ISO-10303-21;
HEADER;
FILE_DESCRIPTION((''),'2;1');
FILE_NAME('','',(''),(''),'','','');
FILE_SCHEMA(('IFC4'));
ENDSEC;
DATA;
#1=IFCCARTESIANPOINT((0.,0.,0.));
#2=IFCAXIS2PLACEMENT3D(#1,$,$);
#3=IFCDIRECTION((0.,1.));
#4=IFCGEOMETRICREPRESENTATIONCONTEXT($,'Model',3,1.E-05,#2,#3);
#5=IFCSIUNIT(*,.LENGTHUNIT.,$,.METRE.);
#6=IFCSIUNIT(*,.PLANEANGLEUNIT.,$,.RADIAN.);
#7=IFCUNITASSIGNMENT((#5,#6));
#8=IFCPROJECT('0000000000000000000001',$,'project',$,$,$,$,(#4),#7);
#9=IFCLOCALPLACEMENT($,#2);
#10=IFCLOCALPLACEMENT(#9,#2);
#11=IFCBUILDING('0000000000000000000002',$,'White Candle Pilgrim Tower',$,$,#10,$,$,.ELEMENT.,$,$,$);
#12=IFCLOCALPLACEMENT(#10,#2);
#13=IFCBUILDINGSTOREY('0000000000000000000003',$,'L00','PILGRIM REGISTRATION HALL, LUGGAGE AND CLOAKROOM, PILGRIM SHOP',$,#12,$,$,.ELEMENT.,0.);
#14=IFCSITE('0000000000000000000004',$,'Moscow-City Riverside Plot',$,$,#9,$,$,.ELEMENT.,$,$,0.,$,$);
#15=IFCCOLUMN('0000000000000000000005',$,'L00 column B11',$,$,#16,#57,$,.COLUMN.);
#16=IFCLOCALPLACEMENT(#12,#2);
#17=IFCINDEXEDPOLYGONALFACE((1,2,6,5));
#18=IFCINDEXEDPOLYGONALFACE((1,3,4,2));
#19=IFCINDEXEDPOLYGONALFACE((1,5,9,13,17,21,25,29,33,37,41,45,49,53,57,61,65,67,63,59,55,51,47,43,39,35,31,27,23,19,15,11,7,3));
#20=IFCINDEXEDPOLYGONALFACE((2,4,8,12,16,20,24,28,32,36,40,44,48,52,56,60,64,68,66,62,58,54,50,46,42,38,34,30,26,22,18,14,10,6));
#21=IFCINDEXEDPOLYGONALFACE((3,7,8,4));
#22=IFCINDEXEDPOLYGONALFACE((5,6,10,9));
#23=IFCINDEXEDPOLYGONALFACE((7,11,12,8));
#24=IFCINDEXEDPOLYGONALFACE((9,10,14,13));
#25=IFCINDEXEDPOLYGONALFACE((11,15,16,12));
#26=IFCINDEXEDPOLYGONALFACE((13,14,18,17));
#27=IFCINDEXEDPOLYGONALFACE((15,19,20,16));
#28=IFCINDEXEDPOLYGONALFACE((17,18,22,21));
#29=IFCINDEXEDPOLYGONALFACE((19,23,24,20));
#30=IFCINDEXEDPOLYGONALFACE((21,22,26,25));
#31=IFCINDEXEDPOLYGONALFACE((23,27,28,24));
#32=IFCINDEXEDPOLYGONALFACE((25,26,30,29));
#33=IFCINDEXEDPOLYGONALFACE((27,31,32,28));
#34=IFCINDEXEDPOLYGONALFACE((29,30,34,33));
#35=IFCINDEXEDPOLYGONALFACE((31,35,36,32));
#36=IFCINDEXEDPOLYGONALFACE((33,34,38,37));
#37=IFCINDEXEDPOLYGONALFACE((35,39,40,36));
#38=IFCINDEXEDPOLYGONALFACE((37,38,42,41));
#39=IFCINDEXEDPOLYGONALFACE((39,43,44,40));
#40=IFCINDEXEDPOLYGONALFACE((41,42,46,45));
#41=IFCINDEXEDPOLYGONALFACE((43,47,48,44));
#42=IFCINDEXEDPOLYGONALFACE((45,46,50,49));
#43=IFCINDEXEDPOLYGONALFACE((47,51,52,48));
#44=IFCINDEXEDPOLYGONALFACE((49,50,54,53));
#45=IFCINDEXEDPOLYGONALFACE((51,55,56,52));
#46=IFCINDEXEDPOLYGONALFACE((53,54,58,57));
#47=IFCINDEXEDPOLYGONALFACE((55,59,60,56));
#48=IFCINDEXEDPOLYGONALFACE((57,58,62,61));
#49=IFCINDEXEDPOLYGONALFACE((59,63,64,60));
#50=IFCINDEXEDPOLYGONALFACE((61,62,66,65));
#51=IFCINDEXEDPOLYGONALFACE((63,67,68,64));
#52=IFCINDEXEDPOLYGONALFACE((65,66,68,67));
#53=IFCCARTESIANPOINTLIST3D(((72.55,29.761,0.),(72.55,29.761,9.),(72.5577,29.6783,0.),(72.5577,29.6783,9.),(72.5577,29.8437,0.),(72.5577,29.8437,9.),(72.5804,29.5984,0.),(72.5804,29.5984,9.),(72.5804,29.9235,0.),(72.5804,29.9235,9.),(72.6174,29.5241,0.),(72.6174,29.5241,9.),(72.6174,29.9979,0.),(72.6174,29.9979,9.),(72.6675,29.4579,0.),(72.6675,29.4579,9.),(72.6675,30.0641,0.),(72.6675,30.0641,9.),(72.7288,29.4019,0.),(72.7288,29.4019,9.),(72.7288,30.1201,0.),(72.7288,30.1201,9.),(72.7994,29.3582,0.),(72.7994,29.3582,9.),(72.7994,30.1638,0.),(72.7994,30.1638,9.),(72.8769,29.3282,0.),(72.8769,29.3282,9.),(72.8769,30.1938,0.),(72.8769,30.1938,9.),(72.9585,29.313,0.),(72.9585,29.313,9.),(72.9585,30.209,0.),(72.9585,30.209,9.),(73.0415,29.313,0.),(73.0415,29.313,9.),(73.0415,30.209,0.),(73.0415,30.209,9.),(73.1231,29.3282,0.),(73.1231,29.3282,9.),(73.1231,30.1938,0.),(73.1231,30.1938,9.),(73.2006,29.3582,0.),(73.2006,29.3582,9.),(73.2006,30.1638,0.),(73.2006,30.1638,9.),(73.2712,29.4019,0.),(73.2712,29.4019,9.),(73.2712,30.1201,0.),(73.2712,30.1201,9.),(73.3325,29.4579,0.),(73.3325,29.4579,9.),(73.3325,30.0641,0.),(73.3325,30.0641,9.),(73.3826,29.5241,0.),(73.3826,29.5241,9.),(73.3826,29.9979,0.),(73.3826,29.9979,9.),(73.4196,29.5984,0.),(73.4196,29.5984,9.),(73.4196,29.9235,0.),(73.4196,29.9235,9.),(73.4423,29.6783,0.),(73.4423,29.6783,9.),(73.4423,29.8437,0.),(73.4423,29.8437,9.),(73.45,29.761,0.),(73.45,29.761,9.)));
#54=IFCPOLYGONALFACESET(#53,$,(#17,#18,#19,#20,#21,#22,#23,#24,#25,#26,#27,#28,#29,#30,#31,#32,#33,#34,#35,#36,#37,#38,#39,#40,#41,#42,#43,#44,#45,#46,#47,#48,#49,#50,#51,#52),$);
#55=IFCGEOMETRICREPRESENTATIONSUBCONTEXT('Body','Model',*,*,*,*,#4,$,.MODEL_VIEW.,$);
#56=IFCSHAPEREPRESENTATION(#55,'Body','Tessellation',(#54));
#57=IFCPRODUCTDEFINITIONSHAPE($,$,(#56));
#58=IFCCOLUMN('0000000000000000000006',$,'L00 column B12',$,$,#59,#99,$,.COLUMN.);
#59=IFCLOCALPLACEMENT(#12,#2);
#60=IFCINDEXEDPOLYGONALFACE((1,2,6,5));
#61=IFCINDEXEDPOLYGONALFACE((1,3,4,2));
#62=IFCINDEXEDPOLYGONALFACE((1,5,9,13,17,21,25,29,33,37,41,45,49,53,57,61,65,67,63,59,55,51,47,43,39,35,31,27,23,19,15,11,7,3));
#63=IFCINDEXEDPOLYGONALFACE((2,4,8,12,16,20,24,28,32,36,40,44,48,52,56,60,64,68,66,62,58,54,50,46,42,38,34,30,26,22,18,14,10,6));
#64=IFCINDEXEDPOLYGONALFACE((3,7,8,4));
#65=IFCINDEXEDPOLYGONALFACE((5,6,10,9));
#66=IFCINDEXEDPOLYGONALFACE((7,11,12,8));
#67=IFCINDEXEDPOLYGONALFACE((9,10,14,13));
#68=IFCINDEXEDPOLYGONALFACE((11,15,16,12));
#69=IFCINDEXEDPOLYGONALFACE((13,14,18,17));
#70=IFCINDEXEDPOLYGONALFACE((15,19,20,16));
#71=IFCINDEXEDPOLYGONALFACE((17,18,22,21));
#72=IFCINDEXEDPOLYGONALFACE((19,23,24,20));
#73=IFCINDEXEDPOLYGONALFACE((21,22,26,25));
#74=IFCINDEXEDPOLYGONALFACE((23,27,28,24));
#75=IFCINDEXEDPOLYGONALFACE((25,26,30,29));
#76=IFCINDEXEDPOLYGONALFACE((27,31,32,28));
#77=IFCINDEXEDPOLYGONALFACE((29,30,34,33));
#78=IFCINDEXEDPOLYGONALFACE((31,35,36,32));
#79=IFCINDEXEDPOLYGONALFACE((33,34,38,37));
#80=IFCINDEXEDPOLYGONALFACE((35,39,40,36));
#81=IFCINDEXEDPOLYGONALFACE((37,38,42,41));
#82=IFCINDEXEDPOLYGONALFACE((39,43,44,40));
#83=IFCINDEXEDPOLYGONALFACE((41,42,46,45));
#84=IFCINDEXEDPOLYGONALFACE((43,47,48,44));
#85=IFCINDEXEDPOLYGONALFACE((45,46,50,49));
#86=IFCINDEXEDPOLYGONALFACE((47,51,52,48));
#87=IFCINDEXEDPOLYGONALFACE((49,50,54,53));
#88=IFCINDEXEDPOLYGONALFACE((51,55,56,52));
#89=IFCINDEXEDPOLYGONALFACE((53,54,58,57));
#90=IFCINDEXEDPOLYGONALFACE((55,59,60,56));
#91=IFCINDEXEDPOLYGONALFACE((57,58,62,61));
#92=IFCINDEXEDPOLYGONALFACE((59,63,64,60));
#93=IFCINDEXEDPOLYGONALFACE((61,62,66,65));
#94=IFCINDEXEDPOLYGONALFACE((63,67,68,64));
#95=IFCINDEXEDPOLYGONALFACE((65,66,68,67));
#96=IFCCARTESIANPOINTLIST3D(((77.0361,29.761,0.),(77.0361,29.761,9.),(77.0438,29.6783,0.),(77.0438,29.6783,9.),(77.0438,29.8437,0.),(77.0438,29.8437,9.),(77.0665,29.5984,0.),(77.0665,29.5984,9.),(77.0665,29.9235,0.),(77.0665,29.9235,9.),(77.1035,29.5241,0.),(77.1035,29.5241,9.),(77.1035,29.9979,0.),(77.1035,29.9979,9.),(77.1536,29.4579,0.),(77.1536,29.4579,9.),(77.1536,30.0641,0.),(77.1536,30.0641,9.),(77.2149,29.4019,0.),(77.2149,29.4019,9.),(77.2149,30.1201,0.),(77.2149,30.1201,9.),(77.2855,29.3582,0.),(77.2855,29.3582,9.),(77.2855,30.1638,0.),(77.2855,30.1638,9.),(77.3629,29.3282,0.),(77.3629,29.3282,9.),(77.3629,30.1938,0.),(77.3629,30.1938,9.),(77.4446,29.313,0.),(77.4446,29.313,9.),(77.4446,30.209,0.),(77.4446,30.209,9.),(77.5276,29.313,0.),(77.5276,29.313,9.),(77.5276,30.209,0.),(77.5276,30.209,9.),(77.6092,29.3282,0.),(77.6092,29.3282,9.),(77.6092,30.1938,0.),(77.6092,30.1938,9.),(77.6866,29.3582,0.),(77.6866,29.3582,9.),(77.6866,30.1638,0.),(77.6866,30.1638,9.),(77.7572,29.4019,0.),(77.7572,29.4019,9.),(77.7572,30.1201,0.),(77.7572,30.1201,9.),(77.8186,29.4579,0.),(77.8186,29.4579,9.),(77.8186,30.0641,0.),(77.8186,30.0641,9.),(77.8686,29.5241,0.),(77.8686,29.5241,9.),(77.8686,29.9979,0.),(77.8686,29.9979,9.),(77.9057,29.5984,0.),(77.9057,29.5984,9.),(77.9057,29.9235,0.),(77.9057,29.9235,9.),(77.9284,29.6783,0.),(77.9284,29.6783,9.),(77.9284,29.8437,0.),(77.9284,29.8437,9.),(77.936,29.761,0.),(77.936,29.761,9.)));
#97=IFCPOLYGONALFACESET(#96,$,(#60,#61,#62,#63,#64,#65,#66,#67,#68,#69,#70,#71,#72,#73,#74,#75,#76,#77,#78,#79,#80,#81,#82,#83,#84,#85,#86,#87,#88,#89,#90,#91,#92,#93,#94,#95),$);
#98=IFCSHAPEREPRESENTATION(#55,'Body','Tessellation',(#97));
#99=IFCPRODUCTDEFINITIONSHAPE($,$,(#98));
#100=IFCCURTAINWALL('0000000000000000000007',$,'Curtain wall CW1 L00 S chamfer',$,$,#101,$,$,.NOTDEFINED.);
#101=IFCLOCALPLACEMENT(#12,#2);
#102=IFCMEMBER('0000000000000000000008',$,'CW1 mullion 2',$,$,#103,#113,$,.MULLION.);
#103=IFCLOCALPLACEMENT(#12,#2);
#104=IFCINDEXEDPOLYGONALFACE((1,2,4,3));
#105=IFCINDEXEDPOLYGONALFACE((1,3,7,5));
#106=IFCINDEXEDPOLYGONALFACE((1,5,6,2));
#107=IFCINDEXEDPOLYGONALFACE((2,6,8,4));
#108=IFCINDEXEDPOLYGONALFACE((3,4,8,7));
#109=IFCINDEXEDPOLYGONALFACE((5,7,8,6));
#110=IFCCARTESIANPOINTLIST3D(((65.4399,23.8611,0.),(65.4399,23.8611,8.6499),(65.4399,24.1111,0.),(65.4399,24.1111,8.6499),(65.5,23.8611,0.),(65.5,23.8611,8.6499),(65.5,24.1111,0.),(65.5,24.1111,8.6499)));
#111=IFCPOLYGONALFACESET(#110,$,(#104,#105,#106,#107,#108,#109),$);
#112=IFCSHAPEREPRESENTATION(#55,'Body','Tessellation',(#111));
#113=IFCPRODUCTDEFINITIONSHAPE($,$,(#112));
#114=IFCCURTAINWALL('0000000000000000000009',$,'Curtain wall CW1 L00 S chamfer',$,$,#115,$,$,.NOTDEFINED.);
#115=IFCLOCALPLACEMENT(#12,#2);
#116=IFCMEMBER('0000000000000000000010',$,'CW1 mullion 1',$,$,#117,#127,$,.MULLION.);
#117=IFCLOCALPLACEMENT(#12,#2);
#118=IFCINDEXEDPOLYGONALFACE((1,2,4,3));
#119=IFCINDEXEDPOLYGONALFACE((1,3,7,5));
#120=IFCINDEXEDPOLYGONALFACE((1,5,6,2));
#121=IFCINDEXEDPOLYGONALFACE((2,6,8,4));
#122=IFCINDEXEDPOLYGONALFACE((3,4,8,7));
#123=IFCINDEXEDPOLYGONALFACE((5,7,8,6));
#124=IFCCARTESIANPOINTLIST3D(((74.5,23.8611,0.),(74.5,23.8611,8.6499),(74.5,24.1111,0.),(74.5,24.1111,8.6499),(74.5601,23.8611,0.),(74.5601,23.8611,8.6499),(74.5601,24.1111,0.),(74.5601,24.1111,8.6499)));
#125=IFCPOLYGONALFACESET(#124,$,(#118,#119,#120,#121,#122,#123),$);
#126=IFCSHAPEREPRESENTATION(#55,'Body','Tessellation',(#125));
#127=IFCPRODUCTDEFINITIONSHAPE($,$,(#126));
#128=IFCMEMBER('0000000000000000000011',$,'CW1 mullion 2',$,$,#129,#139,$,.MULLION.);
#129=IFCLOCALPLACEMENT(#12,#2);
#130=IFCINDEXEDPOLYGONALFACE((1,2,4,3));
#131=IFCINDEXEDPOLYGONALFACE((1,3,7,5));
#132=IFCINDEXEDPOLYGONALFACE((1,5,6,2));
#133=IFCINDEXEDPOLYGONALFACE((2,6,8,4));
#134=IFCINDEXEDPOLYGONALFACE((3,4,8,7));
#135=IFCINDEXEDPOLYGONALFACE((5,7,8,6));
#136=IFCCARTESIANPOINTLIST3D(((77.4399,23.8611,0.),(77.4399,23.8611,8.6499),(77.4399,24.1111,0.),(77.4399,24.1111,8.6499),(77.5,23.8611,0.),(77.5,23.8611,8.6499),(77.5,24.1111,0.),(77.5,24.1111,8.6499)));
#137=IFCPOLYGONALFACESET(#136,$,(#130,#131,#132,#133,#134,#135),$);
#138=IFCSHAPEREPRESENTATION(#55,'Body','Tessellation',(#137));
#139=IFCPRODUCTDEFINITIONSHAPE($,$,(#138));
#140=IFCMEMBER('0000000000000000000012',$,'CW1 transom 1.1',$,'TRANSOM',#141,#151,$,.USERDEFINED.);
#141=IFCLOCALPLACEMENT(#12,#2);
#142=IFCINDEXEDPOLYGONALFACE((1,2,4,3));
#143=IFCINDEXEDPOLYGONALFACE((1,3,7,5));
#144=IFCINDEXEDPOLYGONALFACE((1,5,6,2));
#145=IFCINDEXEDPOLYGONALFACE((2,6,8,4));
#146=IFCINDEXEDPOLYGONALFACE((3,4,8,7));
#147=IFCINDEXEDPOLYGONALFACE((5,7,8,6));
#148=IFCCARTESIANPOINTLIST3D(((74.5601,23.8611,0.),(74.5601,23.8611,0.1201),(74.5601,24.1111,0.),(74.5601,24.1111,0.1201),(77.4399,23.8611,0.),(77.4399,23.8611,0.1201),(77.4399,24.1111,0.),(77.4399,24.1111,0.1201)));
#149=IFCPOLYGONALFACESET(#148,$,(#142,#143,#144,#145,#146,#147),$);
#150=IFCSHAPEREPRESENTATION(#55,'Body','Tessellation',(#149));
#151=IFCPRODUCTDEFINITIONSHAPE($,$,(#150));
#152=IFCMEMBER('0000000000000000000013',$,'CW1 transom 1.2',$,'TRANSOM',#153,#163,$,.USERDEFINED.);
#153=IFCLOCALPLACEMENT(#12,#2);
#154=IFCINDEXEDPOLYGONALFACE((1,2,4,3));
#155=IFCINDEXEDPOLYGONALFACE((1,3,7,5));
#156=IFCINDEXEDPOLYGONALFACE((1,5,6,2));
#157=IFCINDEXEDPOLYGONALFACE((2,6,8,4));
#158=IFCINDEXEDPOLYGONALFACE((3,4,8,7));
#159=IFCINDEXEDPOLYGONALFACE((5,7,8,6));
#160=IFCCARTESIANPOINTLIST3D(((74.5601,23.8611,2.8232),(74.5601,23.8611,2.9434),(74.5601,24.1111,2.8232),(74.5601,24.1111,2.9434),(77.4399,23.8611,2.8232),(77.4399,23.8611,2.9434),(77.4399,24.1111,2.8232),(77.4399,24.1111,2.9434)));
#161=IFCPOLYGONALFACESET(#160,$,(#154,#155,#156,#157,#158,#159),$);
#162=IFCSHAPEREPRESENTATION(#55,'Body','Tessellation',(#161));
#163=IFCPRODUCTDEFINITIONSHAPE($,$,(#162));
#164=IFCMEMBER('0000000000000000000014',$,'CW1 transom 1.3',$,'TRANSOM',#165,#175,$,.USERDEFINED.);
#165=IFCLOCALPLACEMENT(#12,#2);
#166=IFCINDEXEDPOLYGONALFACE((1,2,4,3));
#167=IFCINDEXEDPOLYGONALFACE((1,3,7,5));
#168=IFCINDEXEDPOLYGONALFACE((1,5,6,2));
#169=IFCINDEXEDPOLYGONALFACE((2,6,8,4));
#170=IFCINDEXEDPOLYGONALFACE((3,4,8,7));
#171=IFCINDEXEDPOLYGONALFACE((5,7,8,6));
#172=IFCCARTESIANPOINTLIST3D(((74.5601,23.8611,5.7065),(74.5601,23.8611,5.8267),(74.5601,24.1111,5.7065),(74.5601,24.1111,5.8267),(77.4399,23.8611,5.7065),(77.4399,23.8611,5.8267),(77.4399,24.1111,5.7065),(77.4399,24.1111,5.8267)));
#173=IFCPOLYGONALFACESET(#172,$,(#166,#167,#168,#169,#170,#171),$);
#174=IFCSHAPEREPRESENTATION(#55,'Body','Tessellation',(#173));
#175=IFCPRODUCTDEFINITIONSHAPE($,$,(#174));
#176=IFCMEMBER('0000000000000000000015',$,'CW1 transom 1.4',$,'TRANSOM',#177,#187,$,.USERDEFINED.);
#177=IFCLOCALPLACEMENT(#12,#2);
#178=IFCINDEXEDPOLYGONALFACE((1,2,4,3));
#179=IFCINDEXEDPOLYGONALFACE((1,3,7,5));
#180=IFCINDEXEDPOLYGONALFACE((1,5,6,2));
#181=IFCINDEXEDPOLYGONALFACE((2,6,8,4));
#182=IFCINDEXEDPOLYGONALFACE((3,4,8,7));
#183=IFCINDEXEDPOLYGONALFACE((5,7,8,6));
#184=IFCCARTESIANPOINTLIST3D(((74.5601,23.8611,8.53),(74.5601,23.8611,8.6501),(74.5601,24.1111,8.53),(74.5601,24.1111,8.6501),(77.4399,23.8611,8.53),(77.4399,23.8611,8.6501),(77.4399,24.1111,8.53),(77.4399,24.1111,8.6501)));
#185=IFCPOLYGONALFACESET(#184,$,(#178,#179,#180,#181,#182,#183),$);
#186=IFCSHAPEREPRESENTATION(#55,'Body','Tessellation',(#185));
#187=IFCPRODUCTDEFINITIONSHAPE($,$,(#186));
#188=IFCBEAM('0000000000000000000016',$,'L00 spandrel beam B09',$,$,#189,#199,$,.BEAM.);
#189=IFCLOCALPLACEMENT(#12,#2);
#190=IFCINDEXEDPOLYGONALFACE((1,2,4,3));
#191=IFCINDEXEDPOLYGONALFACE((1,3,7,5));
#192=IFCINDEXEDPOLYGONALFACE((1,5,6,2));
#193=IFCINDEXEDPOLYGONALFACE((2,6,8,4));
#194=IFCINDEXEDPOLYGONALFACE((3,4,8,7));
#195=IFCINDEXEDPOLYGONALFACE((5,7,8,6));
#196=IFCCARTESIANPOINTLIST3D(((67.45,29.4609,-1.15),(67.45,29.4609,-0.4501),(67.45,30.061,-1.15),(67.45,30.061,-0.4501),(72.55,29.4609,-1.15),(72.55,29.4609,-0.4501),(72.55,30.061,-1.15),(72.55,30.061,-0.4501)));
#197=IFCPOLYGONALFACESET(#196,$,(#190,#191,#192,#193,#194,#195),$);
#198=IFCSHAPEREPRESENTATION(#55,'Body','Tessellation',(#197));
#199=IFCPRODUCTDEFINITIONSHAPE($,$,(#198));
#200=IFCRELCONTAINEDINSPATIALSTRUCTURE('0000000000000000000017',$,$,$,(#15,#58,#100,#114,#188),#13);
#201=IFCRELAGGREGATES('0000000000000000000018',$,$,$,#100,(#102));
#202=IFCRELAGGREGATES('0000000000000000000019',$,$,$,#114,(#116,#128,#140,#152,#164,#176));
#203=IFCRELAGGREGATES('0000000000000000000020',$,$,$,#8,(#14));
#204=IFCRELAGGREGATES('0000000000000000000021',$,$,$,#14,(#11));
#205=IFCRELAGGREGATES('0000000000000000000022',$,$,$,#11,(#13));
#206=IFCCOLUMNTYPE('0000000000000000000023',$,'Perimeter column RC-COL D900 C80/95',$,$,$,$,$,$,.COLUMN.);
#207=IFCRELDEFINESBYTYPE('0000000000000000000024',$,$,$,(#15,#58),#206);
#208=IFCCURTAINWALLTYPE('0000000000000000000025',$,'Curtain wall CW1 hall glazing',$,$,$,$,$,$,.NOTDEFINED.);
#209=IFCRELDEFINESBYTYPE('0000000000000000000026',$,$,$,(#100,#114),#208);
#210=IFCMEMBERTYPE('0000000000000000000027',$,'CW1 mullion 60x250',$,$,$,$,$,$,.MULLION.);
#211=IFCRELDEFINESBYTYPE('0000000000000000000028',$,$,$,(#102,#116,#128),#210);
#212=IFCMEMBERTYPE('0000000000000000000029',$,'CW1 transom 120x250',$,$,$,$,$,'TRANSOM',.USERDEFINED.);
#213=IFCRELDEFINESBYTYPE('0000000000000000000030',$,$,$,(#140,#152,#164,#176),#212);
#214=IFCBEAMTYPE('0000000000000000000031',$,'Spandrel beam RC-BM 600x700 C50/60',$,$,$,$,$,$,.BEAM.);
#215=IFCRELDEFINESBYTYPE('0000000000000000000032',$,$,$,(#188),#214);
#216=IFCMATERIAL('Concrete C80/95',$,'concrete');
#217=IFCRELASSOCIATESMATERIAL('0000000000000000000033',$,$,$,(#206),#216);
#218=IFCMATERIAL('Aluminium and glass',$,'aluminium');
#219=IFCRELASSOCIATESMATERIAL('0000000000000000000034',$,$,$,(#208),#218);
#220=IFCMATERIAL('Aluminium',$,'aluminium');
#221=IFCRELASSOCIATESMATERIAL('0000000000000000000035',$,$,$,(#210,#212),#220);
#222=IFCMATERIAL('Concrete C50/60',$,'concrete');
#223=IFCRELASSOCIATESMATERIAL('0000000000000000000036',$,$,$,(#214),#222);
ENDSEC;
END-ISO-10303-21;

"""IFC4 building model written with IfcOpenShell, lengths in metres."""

from ifc_helpers import new_model, si_unit, direction, frame, origin, origin_2d, place, context, subcontext, project, spatial, rectangle, circle, extrude, material, material_profile, profile_set, type_object, element, aggregate, save


model = new_model("IFC4")

# Units and contexts
model_context = context("Model", 3, precision=1e-05, world=origin(), true_north=direction((0.0, 1.0)))
body_context = subcontext(model_context, "Body", "Model", "MODEL_VIEW")
ifc_project = project(units=[si_unit("LENGTHUNIT", "METRE"), si_unit("PLANEANGLEUNIT", "RADIAN")], contexts=[model_context])

# Site, building, storey
site_placement = place(None, origin())
site = spatial("IfcSite", under=ifc_project, at=site_placement, Name="Moscow-City Riverside Plot", CompositionType="ELEMENT", RefElevation=0.0)
building_placement = place(site_placement, origin())
building = spatial("IfcBuilding", under=site, at=building_placement, Name="White Candle Pilgrim Tower", CompositionType="ELEMENT")
storey_placement = place(building_placement, origin())
storey = spatial("IfcBuildingStorey", under=building, at=storey_placement, Name="L00", Description="PILGRIM REGISTRATION HALL, LUGGAGE AND CLOAKROOM, PILGRIM SHOP", CompositionType="ELEMENT", Elevation=0.0)

# Columns
ifc_material_1 = material(Name="Concrete C80/95", Category="concrete")
ifc_material_profile_1 = material_profile(ifc_material_1, circle(Radius=0.45, at=origin_2d()), Name="RC-COL D900")
ifc_profile_set_1 = profile_set([ifc_material_profile_1], Name="Concrete C80/95")
column_type = type_object("IfcColumnType", Name="Perimeter column RC-COL D900 C80/95", PredefinedType="COLUMN", material=ifc_profile_set_1)
for number, where, z_axis, x_axis, name in (
    (1, (73.0, 29.761, 0.0), (0.0, 0.0, 1.0), (1.0, 0.0, 0.0), "L00 column B11"),
    (2, (77.4861, 29.761, 0.0), (0.0, 0.0, 1.0), (1.0, 0.0, 0.0), "L00 column B12"),
):
    element("IfcColumn", number, at=place(storey_placement, frame(where, z_axis=z_axis, x_axis=x_axis)), inside=storey, type_object=column_type, Name=name, PredefinedType="COLUMN", context=body_context, shape_type="SweptSolid", body=[
        extrude(circle(Radius=0.45, at=origin_2d()), origin(), (0.0, 0.0, 1.0), 9.0),
    ])

# Curtain wall, member
ifc_material_2 = material(Name="Aluminium and glass", Category="aluminium")
curtain_wall_type = type_object("IfcCurtainWallType", Name="Curtain wall CW1 hall glazing", PredefinedType="NOTDEFINED", material=ifc_material_2)
curtain_wall_1_placement = place(storey_placement, origin())
curtain_wall_1 = element("IfcCurtainWall", 3, at=curtain_wall_1_placement, inside=storey, type_object=curtain_wall_type, Name="Curtain wall CW1 L00 S chamfer", PredefinedType="NOTDEFINED")
ifc_material_3 = material(Name="Aluminium", Category="aluminium")
ifc_material_profile_2 = material_profile(ifc_material_3, rectangle(XDim=0.25, YDim=0.0601, at=origin_2d()), Name="CW1 mullion 60x250")
ifc_profile_set_2 = profile_set([ifc_material_profile_2], Name="Aluminium")
member_type_1 = type_object("IfcMemberType", Name="CW1 mullion 60x250", PredefinedType="MULLION", material=ifc_profile_set_2)
member_1_placement = place(storey_placement, frame((65.47, 23.9861, 0.0), z_axis=(0.0, 0.0, 1.0), x_axis=(0.0, 1.0, 0.0)))
member_1 = element("IfcMember", 4, at=member_1_placement, type_object=member_type_1, Name="CW1 mullion 2", PredefinedType="MULLION", context=body_context, shape_type="SweptSolid", body=[
    extrude(rectangle(XDim=0.25, YDim=0.0601, at=origin_2d()), origin(), (0.0, 0.0, 1.0), 8.6499),
])
aggregate(curtain_wall_1, [member_1])

# Curtain wall, members
curtain_wall_2_placement = place(storey_placement, origin())
curtain_wall_2 = element("IfcCurtainWall", 5, at=curtain_wall_2_placement, inside=storey, type_object=curtain_wall_type, Name="Curtain wall CW1 L00 S chamfer", PredefinedType="NOTDEFINED")
member_2_placement = place(storey_placement, frame((74.53, 23.9861, 0.0), z_axis=(0.0, 0.0, 1.0), x_axis=(0.0, 1.0, 0.0)))
member_2 = element("IfcMember", 6, at=member_2_placement, type_object=member_type_1, Name="CW1 mullion 1", PredefinedType="MULLION", context=body_context, shape_type="SweptSolid", body=[
    extrude(rectangle(XDim=0.25, YDim=0.0601, at=origin_2d()), origin(), (0.0, 0.0, 1.0), 8.6499),
])
member_3_placement = place(storey_placement, frame((77.47, 23.9861, 0.0), z_axis=(0.0, 0.0, 1.0), x_axis=(0.0, 1.0, 0.0)))
member_3 = element("IfcMember", 7, at=member_3_placement, type_object=member_type_1, Name="CW1 mullion 2", PredefinedType="MULLION", context=body_context, shape_type="SweptSolid", body=[
    extrude(rectangle(XDim=0.25, YDim=0.0601, at=origin_2d()), origin(), (0.0, 0.0, 1.0), 8.6499),
])
ifc_material_profile_3 = material_profile(ifc_material_3, rectangle(XDim=0.25, YDim=0.1201, at=origin_2d()), Name="CW1 transom 120x250")
ifc_profile_set_3 = profile_set([ifc_material_profile_3], Name="Aluminium")
member_type_2 = type_object("IfcMemberType", Name="CW1 transom 120x250", ElementType="TRANSOM", PredefinedType="USERDEFINED", material=ifc_profile_set_3)
member_4_placement = place(storey_placement, frame((74.5601, 23.9861, 0.0601), z_axis=(1.0, 0.0, 0.0), x_axis=(0.0, 1.0, 0.0)))
member_4 = element("IfcMember", 8, at=member_4_placement, type_object=member_type_2, Name="CW1 transom 1.1", ObjectType="TRANSOM", PredefinedType="USERDEFINED", context=body_context, shape_type="SweptSolid", body=[
    extrude(rectangle(XDim=0.25, YDim=0.1201, at=origin_2d()), origin(), (0.0, 0.0, 1.0), 2.8799),
])
member_5_placement = place(storey_placement, frame((74.5601, 23.9861, 2.8833), z_axis=(1.0, 0.0, 0.0), x_axis=(0.0, 1.0, 0.0)))
member_5 = element("IfcMember", 9, at=member_5_placement, type_object=member_type_2, Name="CW1 transom 1.2", ObjectType="TRANSOM", PredefinedType="USERDEFINED", context=body_context, shape_type="SweptSolid", body=[
    extrude(rectangle(XDim=0.25, YDim=0.1201, at=origin_2d()), origin(), (0.0, 0.0, 1.0), 2.8799),
])
member_6_placement = place(storey_placement, frame((74.5601, 23.9861, 5.7666), z_axis=(1.0, 0.0, 0.0), x_axis=(0.0, 1.0, 0.0)))
member_6 = element("IfcMember", 10, at=member_6_placement, type_object=member_type_2, Name="CW1 transom 1.3", ObjectType="TRANSOM", PredefinedType="USERDEFINED", context=body_context, shape_type="SweptSolid", body=[
    extrude(rectangle(XDim=0.25, YDim=0.1201, at=origin_2d()), origin(), (0.0, 0.0, 1.0), 2.8799),
])
member_7_placement = place(storey_placement, frame((74.5601, 23.9861, 8.5901), z_axis=(1.0, 0.0, 0.0), x_axis=(0.0, 1.0, 0.0)))
member_7 = element("IfcMember", 11, at=member_7_placement, type_object=member_type_2, Name="CW1 transom 1.4", ObjectType="TRANSOM", PredefinedType="USERDEFINED", context=body_context, shape_type="SweptSolid", body=[
    extrude(rectangle(XDim=0.25, YDim=0.1201, at=origin_2d()), origin(), (0.0, 0.0, 1.0), 2.8799),
])

# Beam
ifc_material_4 = material(Name="Concrete C50/60", Category="concrete")
ifc_material_profile_4 = material_profile(ifc_material_4, rectangle(XDim=0.6001, YDim=0.7, at=origin_2d()), Name="RC-BM 600x700")
ifc_profile_set_4 = profile_set([ifc_material_profile_4], Name="Concrete C50/60")
beam_type = type_object("IfcBeamType", Name="Spandrel beam RC-BM 600x700 C50/60", PredefinedType="BEAM", material=ifc_profile_set_4)
beam_1_placement = place(storey_placement, frame((67.45, 29.761, -0.8), z_axis=(1.0, 0.0, 0.0), x_axis=(0.0, 1.0, 0.0)))
element("IfcBeam", 12, at=beam_1_placement, inside=storey, type_object=beam_type, Name="L00 spandrel beam B09", PredefinedType="BEAM", context=body_context, shape_type="SweptSolid", body=[
    extrude(rectangle(XDim=0.6001, YDim=0.7, at=origin_2d()), origin(), (0.0, 0.0, 1.0), 5.1001),
])

aggregate(curtain_wall_2, [member_2, member_3, member_4, member_5, member_6, member_7])

save(model, "model.ifc")
